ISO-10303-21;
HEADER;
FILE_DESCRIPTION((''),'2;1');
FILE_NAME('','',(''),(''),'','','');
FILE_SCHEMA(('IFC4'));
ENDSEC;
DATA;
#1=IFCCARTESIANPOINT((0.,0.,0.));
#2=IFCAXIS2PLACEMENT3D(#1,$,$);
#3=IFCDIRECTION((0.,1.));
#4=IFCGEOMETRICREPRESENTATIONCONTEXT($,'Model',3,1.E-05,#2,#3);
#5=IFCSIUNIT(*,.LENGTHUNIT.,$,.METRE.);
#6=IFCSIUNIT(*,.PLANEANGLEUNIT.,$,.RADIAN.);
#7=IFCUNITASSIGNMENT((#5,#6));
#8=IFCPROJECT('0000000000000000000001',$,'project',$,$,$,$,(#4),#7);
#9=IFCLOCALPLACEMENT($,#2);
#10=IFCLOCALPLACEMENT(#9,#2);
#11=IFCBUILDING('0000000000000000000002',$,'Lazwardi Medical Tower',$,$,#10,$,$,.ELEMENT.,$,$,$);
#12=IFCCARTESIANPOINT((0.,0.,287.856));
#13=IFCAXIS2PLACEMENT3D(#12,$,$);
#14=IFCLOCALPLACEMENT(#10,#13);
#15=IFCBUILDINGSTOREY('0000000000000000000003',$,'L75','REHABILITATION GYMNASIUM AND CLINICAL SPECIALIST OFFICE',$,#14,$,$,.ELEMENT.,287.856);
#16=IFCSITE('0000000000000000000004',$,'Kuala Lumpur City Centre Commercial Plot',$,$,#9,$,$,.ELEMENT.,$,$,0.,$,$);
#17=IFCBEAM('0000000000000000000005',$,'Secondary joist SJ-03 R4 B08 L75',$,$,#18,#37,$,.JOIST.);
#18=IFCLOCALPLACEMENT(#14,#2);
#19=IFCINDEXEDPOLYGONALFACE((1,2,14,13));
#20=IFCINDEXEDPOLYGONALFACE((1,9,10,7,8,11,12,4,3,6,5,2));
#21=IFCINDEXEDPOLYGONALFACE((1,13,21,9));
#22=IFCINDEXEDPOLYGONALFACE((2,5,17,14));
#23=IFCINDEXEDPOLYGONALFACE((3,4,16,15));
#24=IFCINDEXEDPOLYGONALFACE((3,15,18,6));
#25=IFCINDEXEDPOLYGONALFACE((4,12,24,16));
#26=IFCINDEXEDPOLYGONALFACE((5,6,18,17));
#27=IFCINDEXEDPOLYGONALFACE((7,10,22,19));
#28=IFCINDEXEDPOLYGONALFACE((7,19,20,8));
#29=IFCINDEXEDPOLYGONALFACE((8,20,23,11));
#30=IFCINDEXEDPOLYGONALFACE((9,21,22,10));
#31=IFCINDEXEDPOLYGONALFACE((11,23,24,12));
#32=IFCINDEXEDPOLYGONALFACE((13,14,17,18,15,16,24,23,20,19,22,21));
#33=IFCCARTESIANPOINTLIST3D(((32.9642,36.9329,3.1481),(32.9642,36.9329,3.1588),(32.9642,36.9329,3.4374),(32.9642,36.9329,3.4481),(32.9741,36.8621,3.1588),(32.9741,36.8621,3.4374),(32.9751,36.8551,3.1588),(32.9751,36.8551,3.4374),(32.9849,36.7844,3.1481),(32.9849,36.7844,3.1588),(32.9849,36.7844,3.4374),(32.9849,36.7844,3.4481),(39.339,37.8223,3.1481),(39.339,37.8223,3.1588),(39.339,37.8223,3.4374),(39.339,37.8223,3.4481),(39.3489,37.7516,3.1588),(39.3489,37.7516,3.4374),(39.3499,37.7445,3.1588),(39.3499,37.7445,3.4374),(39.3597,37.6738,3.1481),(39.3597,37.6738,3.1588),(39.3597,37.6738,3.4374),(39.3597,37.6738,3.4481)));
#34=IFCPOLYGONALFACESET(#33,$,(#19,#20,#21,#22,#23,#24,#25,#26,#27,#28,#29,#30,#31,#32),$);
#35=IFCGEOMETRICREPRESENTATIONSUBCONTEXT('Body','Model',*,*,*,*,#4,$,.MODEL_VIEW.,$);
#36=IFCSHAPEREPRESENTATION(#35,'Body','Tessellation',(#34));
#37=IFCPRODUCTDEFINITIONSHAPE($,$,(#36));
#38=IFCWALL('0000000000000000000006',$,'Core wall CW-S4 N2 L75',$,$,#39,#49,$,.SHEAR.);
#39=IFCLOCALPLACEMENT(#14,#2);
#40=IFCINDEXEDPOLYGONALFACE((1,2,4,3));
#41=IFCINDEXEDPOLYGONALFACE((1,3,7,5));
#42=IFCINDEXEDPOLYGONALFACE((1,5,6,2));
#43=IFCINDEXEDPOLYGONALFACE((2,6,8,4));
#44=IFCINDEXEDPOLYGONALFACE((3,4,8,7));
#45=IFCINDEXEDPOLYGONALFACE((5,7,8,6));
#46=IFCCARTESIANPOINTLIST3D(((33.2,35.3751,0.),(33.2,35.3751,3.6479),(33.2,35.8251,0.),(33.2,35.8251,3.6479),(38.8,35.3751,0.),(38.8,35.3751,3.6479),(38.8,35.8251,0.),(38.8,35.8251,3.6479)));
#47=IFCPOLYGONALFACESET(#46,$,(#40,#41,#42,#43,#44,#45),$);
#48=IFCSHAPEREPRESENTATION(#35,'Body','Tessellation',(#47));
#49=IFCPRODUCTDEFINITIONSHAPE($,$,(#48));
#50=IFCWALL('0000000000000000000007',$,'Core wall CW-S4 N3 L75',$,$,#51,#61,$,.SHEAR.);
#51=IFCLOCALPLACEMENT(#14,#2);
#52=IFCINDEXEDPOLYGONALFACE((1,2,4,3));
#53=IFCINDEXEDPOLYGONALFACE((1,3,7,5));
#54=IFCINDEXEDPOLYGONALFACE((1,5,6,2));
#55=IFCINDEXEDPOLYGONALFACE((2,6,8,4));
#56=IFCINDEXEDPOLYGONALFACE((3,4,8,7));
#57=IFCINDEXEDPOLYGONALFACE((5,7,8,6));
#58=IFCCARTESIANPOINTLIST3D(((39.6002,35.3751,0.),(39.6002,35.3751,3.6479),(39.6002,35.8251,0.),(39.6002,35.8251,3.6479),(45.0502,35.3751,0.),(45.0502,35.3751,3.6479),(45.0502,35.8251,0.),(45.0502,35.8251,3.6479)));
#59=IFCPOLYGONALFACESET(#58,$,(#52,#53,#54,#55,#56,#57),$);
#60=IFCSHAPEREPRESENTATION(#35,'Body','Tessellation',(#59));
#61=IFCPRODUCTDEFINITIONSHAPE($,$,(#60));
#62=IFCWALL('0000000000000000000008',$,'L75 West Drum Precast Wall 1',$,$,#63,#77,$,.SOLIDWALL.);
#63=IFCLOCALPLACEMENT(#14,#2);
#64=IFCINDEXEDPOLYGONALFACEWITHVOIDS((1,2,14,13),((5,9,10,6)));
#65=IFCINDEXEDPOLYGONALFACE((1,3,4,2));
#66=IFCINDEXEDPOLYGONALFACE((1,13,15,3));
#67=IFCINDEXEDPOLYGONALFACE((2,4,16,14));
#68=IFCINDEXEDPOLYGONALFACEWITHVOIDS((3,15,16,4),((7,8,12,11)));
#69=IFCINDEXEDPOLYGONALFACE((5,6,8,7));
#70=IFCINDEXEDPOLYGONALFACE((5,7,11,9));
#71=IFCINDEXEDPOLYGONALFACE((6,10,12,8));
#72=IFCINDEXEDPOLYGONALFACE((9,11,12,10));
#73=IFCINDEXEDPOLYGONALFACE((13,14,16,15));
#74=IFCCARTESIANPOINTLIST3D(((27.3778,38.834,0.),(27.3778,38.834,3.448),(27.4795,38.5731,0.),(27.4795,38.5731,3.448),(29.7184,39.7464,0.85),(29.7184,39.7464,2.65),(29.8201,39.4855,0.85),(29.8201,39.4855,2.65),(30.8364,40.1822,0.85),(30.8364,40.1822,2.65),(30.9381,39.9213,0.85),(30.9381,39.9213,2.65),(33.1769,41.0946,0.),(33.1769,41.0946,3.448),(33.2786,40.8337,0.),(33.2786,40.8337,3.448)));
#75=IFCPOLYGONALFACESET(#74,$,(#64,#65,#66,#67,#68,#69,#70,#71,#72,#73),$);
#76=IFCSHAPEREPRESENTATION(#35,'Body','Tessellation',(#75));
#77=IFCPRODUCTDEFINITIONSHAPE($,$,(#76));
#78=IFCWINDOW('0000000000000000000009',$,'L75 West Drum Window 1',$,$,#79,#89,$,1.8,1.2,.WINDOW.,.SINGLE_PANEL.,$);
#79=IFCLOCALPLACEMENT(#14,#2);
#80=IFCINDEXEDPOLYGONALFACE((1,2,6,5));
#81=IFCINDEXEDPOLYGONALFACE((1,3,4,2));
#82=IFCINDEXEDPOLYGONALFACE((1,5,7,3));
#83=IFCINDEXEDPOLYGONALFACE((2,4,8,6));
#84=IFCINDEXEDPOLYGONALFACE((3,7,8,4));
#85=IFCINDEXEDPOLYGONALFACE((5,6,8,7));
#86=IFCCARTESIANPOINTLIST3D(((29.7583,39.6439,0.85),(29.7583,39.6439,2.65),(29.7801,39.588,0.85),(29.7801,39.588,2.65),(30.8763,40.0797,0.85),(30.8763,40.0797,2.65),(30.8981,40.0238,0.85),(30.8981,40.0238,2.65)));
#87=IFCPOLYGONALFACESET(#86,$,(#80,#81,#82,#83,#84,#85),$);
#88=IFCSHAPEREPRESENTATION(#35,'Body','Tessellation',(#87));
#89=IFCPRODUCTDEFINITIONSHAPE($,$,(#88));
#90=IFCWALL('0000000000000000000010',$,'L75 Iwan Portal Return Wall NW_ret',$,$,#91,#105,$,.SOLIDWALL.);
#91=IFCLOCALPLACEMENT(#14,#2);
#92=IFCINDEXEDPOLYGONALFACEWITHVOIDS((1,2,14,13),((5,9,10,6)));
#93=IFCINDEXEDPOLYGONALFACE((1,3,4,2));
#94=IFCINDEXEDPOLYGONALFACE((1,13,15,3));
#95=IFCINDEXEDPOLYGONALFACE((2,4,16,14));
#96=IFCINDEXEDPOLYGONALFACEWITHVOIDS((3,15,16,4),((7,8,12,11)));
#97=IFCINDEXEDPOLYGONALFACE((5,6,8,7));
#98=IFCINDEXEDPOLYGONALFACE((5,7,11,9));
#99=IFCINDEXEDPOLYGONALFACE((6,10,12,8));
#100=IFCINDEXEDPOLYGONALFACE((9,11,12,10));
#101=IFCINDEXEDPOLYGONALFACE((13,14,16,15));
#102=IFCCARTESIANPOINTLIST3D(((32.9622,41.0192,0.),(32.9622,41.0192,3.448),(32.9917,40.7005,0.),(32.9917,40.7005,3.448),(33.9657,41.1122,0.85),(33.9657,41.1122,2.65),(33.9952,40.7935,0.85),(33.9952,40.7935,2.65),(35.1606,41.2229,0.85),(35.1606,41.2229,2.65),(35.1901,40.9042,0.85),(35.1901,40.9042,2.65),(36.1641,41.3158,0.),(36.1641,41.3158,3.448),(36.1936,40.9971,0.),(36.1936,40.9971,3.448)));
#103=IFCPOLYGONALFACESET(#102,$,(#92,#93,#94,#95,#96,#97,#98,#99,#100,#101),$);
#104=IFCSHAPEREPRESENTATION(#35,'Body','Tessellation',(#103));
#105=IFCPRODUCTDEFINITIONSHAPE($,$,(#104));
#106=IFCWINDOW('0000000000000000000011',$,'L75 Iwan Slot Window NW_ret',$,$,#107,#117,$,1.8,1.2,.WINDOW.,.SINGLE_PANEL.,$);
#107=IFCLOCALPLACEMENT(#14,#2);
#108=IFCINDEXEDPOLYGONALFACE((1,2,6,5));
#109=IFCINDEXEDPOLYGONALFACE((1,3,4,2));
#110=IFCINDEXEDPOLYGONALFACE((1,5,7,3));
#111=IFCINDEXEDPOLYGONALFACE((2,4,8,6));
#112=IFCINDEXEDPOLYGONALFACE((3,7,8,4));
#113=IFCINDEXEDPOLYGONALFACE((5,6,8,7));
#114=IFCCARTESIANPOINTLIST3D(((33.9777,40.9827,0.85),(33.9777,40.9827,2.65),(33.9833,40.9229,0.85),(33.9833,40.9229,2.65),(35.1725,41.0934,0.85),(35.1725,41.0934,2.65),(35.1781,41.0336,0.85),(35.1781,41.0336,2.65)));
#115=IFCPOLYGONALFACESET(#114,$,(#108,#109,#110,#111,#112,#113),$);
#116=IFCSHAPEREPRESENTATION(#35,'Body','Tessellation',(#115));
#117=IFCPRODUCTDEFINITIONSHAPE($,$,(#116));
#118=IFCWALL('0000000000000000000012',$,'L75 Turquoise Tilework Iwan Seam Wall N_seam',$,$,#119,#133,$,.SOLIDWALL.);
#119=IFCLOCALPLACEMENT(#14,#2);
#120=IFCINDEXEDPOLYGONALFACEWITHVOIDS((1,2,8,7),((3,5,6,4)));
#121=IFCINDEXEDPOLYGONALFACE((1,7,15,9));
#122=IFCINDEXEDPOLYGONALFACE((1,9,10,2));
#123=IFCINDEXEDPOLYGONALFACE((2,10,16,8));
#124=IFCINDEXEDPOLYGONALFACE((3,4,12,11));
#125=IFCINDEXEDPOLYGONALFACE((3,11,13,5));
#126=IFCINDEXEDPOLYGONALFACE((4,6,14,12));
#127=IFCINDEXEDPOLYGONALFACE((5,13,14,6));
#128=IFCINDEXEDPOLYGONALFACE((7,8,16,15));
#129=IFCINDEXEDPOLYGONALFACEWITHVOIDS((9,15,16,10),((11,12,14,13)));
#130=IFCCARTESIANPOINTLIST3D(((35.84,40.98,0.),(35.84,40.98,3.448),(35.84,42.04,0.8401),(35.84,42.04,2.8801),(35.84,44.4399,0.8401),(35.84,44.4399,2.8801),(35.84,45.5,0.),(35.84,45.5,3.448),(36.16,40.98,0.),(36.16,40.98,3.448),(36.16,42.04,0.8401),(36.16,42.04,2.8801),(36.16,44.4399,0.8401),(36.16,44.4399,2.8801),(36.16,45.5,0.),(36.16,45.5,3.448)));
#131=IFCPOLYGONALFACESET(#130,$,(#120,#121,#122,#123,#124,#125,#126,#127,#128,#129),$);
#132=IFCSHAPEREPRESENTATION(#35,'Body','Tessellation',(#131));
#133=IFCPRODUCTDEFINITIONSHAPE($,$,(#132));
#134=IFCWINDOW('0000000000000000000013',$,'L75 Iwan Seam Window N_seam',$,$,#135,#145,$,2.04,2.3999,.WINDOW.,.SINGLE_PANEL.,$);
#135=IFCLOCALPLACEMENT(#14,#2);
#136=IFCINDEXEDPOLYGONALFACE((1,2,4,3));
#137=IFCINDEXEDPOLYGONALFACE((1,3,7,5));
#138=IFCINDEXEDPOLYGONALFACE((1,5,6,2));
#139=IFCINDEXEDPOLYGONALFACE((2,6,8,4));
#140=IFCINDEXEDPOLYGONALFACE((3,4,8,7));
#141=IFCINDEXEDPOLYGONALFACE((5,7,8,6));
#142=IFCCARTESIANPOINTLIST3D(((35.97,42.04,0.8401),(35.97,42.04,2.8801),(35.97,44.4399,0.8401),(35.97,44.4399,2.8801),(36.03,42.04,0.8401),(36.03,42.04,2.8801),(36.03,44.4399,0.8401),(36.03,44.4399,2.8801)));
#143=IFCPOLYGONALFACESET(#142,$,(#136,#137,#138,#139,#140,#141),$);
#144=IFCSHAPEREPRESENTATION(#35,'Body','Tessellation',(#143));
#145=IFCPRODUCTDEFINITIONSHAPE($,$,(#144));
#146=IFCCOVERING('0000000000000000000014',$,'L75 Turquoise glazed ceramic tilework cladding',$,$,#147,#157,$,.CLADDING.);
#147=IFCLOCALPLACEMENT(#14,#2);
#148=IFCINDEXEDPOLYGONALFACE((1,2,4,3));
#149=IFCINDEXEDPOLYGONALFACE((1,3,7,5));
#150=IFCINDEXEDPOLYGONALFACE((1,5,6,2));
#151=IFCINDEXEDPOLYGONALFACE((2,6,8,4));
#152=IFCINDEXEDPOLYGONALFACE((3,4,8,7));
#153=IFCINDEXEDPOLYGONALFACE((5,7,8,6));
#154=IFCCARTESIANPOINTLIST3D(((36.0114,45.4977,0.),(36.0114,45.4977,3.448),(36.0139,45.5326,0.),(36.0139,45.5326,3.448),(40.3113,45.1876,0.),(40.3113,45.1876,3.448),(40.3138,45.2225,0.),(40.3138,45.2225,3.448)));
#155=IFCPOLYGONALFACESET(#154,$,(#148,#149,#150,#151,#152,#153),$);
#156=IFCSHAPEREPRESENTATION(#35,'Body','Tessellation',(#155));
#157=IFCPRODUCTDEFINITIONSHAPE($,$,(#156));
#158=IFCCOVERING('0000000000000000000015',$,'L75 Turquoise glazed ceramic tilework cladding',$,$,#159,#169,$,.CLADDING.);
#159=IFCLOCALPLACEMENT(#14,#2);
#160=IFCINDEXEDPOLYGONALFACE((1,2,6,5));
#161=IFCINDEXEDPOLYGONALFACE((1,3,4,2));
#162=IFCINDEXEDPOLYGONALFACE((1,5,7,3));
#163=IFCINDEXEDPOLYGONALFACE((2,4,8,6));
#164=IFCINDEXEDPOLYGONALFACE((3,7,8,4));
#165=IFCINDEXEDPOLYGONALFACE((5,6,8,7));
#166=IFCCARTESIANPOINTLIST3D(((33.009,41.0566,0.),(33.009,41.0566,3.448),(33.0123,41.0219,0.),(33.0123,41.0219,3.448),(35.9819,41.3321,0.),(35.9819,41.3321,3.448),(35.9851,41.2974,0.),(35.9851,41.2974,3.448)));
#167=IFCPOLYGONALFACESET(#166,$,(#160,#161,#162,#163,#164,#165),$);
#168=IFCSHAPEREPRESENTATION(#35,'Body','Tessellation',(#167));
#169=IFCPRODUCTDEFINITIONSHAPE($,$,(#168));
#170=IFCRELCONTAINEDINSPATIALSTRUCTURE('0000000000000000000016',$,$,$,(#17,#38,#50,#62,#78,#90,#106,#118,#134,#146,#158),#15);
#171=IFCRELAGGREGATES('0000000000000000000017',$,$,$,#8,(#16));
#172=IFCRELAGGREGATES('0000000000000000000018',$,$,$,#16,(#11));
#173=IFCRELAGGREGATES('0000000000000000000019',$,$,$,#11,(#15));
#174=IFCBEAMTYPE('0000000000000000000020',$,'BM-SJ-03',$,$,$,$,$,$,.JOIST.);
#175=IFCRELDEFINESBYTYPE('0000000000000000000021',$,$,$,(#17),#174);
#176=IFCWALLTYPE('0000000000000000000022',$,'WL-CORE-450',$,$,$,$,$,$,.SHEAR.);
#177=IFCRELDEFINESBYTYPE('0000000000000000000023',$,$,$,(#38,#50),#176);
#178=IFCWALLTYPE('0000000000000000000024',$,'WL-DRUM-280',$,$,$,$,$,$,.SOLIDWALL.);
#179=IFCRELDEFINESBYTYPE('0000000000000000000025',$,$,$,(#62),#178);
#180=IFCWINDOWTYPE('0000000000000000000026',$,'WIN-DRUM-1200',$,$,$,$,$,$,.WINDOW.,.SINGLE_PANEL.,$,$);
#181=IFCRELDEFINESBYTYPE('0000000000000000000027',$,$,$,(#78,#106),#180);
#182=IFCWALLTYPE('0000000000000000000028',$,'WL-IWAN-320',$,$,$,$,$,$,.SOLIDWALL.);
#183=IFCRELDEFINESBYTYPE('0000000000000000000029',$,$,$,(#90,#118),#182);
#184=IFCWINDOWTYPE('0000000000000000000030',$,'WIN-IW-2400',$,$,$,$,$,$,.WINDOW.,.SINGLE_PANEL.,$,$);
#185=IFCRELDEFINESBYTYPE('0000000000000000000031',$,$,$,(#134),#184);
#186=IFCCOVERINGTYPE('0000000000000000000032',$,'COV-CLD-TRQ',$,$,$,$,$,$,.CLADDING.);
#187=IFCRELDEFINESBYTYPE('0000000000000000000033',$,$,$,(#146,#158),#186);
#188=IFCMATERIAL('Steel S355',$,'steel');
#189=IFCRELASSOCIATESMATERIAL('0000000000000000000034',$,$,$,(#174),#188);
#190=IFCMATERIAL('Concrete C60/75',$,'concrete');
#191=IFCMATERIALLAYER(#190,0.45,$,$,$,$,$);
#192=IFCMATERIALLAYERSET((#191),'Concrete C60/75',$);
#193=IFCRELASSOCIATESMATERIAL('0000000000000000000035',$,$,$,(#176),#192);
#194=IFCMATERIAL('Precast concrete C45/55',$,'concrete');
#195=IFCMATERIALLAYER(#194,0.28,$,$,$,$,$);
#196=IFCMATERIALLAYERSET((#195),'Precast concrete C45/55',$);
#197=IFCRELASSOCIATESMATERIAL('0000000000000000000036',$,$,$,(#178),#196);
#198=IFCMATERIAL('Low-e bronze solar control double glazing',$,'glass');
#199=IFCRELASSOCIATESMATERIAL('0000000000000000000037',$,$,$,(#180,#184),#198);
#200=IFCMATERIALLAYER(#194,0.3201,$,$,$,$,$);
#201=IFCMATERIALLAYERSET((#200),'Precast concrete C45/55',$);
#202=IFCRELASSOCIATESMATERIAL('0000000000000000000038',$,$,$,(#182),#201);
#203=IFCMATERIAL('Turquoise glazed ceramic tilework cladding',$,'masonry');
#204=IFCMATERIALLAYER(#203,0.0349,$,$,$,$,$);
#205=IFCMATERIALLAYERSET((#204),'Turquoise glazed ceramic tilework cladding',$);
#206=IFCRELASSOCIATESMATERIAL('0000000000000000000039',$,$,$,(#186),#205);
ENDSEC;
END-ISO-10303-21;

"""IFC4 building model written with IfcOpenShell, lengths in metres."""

from ifc_helpers import new_model, si_unit, direction, frame, frame_2d, origin, origin_2d, place, context, subcontext, project, spatial, rectangle, i_section, extrude, material, layer, layer_set, material_profile, profile_set, type_object, element, fill, save


model = new_model("IFC4")

# Units and contexts
model_context = context("Model", 3, precision=1e-05, world=origin(), true_north=direction((0.0, 1.0)))
body_context = subcontext(model_context, "Body", "Model", "MODEL_VIEW")
ifc_project = project(units=[si_unit("LENGTHUNIT", "METRE"), si_unit("PLANEANGLEUNIT", "RADIAN")], contexts=[model_context])

# Site, building, storey
site_placement = place(None, origin())
site = spatial("IfcSite", under=ifc_project, at=site_placement, Name="Kuala Lumpur City Centre Commercial Plot", CompositionType="ELEMENT", RefElevation=0.0)
building_placement = place(site_placement, origin())
building = spatial("IfcBuilding", under=site, at=building_placement, Name="Lazwardi Medical Tower", CompositionType="ELEMENT")
storey_placement = place(building_placement, frame((0.0, 0.0, 287.856)))
storey = spatial("IfcBuildingStorey", under=building, at=storey_placement, Name="L75", Description="REHABILITATION GYMNASIUM AND CLINICAL SPECIALIST OFFICE", CompositionType="ELEMENT", Elevation=287.856)

# Shared definitions
ifc_material_1 = material(Name="Concrete C60/75", Category="concrete")

# Beam
ifc_material_2 = material(Name="Steel S355", Category="steel")
ifc_material_profile_1 = material_profile(ifc_material_2, i_section(OverallWidth=0.1499, OverallDepth=0.3, WebThickness=0.0071, FlangeThickness=0.0107, at=origin_2d()), Name="IPE 300")
ifc_profile_set_1 = profile_set([ifc_material_profile_1], Name="Steel S355")
beam_type_1 = type_object("IfcBeamType", Name="BM-SJ-03", PredefinedType="JOIST", material=ifc_profile_set_1)
beam_1_placement = place(storey_placement, frame((39.3494, 37.748, 3.2981), z_axis=(-0.990407, -0.138181, 0.0), x_axis=(0.138181, -0.990407, 0.0)))
element("IfcBeam", 1, at=beam_1_placement, inside=storey, type_object=beam_type_1, Name="Secondary joist SJ-03 R4 B08 L75", PredefinedType="JOIST", context=body_context, shape_type="SweptSolid", body=[
    extrude(i_section(OverallWidth=0.1499, OverallDepth=0.3, WebThickness=0.0071, FlangeThickness=0.0107, at=origin_2d()), origin(), (0.0, 0.0, 1.0), 6.4365),
])

# Walls
ifc_layer_1 = layer(ifc_material_1, 0.45)
ifc_layer_set_1 = layer_set([ifc_layer_1], Name="Concrete C60/75")
wall_type_1 = type_object("IfcWallType", Name="WL-CORE-450", PredefinedType="SHEAR", material=ifc_layer_set_1)
wall_1_placement = place(storey_placement, frame((33.2, 35.6001, 0.0), z_axis=(0.0, 0.0, 1.0), x_axis=(1.0, 0.0, 0.0)))
element("IfcWall", 2, at=wall_1_placement, inside=storey, type_object=wall_type_1, Name="Core wall CW-S4 N2 L75", PredefinedType="SHEAR", context=body_context, shape_type="SweptSolid", body=[
    extrude(rectangle(XDim=5.6001, YDim=0.45, at=frame_2d((2.8, 0.0))), origin(), (0.0, 0.0, 1.0), 3.6479),
])
wall_2_placement = place(storey_placement, frame((39.6001, 35.6001, 0.0), z_axis=(0.0, 0.0, 1.0), x_axis=(1.0, 0.0, 0.0)))
element("IfcWall", 3, at=wall_2_placement, inside=storey, type_object=wall_type_1, Name="Core wall CW-S4 N3 L75", PredefinedType="SHEAR", context=body_context, shape_type="SweptSolid", body=[
    extrude(rectangle(XDim=5.45, YDim=0.45, at=frame_2d((2.7251, 0.0))), origin(), (0.0, 0.0, 1.0), 3.6479),
])

# Walls, openings, windows
ifc_material_3 = material(Name="Precast concrete C45/55", Category="concrete")
ifc_layer_2 = layer(ifc_material_3, 0.28)
ifc_layer_set_2 = layer_set([ifc_layer_2], Name="Precast concrete C45/55")
wall_type_2 = type_object("IfcWallType", Name="WL-DRUM-280", PredefinedType="SOLIDWALL", material=ifc_layer_set_2)
wall_3_placement = place(storey_placement, frame((33.2278, 40.9641, 0.0), z_axis=(0.0, 0.0, 1.0), x_axis=(-0.931717, -0.363186, 0.0)))
wall_3 = element("IfcWall", 4, at=wall_3_placement, inside=storey, type_object=wall_type_2, Name="L75 West Drum Precast Wall 1", PredefinedType="SOLIDWALL", context=body_context, shape_type="SweptSolid", body=[
    extrude(rectangle(XDim=6.2241, YDim=0.28, at=frame_2d((3.1121, 0.0))), origin(), (0.0, 0.0, 1.0), 3.448),
])
opening_1_placement = place(wall_3_placement, frame((2.512, 0.0, 0.8501)))
opening_1 = element("IfcOpeningElement", 5, at=opening_1_placement, cuts=wall_3, PredefinedType="OPENING", context=body_context, shape_type="SweptSolid", body=[
    extrude(rectangle(XDim=1.2, YDim=1.8, at=frame_2d((0.6001, 0.8999))), frame((0.0, 0.1499, 0.0), z_axis=(0.0, -1.0, 0.0), x_axis=(1.0, 0.0, 0.0)), (0.0, 0.0, 1.0), 0.3),
])
ifc_material_4 = material(Name="Low-e bronze solar control double glazing", Category="glass")
window_type_1 = type_object("IfcWindowType", Name="WIN-DRUM-1200", PartitioningType="SINGLE_PANEL", PredefinedType="WINDOW", material=ifc_material_4)
window_1_placement = place(opening_1_placement, origin())
window_1 = element("IfcWindow", 6, at=window_1_placement, inside=storey, type_object=window_type_1, Name="L75 West Drum Window 1", OverallHeight=1.8, OverallWidth=1.2, PartitioningType="SINGLE_PANEL", PredefinedType="WINDOW", context=body_context, shape_type="SweptSolid", body=[
    extrude(rectangle(XDim=1.2, YDim=1.8, at=frame_2d((0.6001, 0.8999))), frame((0.0, 0.03, 0.0), z_axis=(0.0, -1.0, 0.0), x_axis=(1.0, 0.0, 0.0)), (0.0, 0.0, 1.0), 0.0601),
])
fill(opening_1, window_1)
ifc_layer_3 = layer(ifc_material_3, 0.3201)
ifc_layer_set_3 = layer_set([ifc_layer_3], Name="Precast concrete C45/55")
wall_type_3 = type_object("IfcWallType", Name="WL-IWAN-320", PredefinedType="SOLIDWALL", material=ifc_layer_set_3)
wall_4_placement = place(storey_placement, frame((36.179, 41.1565, 0.0), z_axis=(0.0, 0.0, 1.0), x_axis=(-0.995736, -0.092247, 0.0)))
wall_4 = element("IfcWall", 7, at=wall_4_placement, inside=storey, type_object=wall_type_3, Name="L75 Iwan Portal Return Wall NW_ret", PredefinedType="SOLIDWALL", context=body_context, shape_type="SweptSolid", body=[
    extrude(rectangle(XDim=3.2156, YDim=0.3201, at=frame_2d((1.6079, 0.0))), origin(), (0.0, 0.0, 1.0), 3.448),
])
opening_2_placement = place(wall_4_placement, frame((1.0078, 0.0, 0.8501)))
opening_2 = element("IfcOpeningElement", 8, at=opening_2_placement, cuts=wall_4, PredefinedType="OPENING", context=body_context, shape_type="SweptSolid", body=[
    extrude(rectangle(XDim=1.2, YDim=1.8, at=frame_2d((0.6001, 0.8999))), frame((0.0, 0.1699, 0.0), z_axis=(0.0, -1.0, 0.0), x_axis=(1.0, 0.0, 0.0)), (0.0, 0.0, 1.0), 0.3401),
])
window_2_placement = place(opening_2_placement, origin())
window_2 = element("IfcWindow", 9, at=window_2_placement, inside=storey, type_object=window_type_1, Name="L75 Iwan Slot Window NW_ret", OverallHeight=1.8, OverallWidth=1.2, PartitioningType="SINGLE_PANEL", PredefinedType="WINDOW", context=body_context, shape_type="SweptSolid", body=[
    extrude(rectangle(XDim=1.2, YDim=1.8, at=frame_2d((0.6001, 0.8999))), frame((0.0, 0.03, 0.0), z_axis=(0.0, -1.0, 0.0), x_axis=(1.0, 0.0, 0.0)), (0.0, 0.0, 1.0), 0.0601),
])
fill(opening_2, window_2)
wall_5_placement = place(storey_placement, frame((36.0, 45.5, 0.0), z_axis=(0.0, 0.0, 1.0), x_axis=(0.0, -1.0, 0.0)))
wall_5 = element("IfcWall", 10, at=wall_5_placement, inside=storey, type_object=wall_type_3, Name="L75 Turquoise Tilework Iwan Seam Wall N_seam", PredefinedType="SOLIDWALL", context=body_context, shape_type="SweptSolid", body=[
    extrude(rectangle(XDim=4.52, YDim=0.3201, at=frame_2d((2.26, 0.0))), origin(), (0.0, 0.0, 1.0), 3.448),
])
opening_3_placement = place(wall_5_placement, frame((1.0601, 0.0, 0.8401)))
opening_3 = element("IfcOpeningElement", 11, at=opening_3_placement, cuts=wall_5, PredefinedType="OPENING", context=body_context, shape_type="SweptSolid", body=[
    extrude(rectangle(XDim=2.3999, YDim=2.04, at=frame_2d((1.2, 1.02))), frame((0.0, 0.1699, 0.0), z_axis=(0.0, -1.0, 0.0), x_axis=(1.0, 0.0, 0.0)), (0.0, 0.0, 1.0), 0.3401),
])
window_type_2 = type_object("IfcWindowType", Name="WIN-IW-2400", PartitioningType="SINGLE_PANEL", PredefinedType="WINDOW", material=ifc_material_4)
window_3_placement = place(opening_3_placement, origin())
window_3 = element("IfcWindow", 12, at=window_3_placement, inside=storey, type_object=window_type_2, Name="L75 Iwan Seam Window N_seam", OverallHeight=2.04, OverallWidth=2.3999, PartitioningType="SINGLE_PANEL", PredefinedType="WINDOW", context=body_context, shape_type="SweptSolid", body=[
    extrude(rectangle(XDim=2.3999, YDim=2.04, at=frame_2d((1.2, 1.02))), frame((0.0, 0.03, 0.0), z_axis=(0.0, -1.0, 0.0), x_axis=(1.0, 0.0, 0.0)), (0.0, 0.0, 1.0), 0.0601),
])
fill(opening_3, window_3)

# Coverings
ifc_material_5 = material(Name="Turquoise glazed ceramic tilework cladding", Category="masonry")
ifc_layer_4 = layer(ifc_material_5, 0.0349)
ifc_layer_set_4 = layer_set([ifc_layer_4], Name="Turquoise glazed ceramic tilework cladding")
covering_type = type_object("IfcCoveringType", Name="COV-CLD-TRQ", PredefinedType="CLADDING", material=ifc_layer_set_4)
covering_1_placement = place(storey_placement, frame((38.1626, 45.3601, 0.0), z_axis=(0.0, 0.0, 1.0), x_axis=(-0.997409, 0.071933, 0.0)))
element("IfcCovering", 13, at=covering_1_placement, inside=storey, type_object=covering_type, Name="L75 Turquoise glazed ceramic tilework cladding", PredefinedType="CLADDING", context=body_context, shape_type="SweptSolid", body=[
    extrude(rectangle(XDim=4.311, YDim=0.0349, at=origin_2d()), origin(), (0.0, 0.0, 1.0), 3.448),
])
covering_2_placement = place(storey_placement, frame((34.4971, 41.177, 0.0), z_axis=(0.0, 0.0, 1.0), x_axis=(-0.995734, -0.092275, 0.0)))
element("IfcCovering", 14, at=covering_2_placement, inside=storey, type_object=covering_type, Name="L75 Turquoise glazed ceramic tilework cladding", PredefinedType="CLADDING", context=body_context, shape_type="SweptSolid", body=[
    extrude(rectangle(XDim=2.9856, YDim=0.0349, at=origin_2d()), origin(), (0.0, 0.0, 1.0), 3.448),
])

save(model, "model.ifc")
